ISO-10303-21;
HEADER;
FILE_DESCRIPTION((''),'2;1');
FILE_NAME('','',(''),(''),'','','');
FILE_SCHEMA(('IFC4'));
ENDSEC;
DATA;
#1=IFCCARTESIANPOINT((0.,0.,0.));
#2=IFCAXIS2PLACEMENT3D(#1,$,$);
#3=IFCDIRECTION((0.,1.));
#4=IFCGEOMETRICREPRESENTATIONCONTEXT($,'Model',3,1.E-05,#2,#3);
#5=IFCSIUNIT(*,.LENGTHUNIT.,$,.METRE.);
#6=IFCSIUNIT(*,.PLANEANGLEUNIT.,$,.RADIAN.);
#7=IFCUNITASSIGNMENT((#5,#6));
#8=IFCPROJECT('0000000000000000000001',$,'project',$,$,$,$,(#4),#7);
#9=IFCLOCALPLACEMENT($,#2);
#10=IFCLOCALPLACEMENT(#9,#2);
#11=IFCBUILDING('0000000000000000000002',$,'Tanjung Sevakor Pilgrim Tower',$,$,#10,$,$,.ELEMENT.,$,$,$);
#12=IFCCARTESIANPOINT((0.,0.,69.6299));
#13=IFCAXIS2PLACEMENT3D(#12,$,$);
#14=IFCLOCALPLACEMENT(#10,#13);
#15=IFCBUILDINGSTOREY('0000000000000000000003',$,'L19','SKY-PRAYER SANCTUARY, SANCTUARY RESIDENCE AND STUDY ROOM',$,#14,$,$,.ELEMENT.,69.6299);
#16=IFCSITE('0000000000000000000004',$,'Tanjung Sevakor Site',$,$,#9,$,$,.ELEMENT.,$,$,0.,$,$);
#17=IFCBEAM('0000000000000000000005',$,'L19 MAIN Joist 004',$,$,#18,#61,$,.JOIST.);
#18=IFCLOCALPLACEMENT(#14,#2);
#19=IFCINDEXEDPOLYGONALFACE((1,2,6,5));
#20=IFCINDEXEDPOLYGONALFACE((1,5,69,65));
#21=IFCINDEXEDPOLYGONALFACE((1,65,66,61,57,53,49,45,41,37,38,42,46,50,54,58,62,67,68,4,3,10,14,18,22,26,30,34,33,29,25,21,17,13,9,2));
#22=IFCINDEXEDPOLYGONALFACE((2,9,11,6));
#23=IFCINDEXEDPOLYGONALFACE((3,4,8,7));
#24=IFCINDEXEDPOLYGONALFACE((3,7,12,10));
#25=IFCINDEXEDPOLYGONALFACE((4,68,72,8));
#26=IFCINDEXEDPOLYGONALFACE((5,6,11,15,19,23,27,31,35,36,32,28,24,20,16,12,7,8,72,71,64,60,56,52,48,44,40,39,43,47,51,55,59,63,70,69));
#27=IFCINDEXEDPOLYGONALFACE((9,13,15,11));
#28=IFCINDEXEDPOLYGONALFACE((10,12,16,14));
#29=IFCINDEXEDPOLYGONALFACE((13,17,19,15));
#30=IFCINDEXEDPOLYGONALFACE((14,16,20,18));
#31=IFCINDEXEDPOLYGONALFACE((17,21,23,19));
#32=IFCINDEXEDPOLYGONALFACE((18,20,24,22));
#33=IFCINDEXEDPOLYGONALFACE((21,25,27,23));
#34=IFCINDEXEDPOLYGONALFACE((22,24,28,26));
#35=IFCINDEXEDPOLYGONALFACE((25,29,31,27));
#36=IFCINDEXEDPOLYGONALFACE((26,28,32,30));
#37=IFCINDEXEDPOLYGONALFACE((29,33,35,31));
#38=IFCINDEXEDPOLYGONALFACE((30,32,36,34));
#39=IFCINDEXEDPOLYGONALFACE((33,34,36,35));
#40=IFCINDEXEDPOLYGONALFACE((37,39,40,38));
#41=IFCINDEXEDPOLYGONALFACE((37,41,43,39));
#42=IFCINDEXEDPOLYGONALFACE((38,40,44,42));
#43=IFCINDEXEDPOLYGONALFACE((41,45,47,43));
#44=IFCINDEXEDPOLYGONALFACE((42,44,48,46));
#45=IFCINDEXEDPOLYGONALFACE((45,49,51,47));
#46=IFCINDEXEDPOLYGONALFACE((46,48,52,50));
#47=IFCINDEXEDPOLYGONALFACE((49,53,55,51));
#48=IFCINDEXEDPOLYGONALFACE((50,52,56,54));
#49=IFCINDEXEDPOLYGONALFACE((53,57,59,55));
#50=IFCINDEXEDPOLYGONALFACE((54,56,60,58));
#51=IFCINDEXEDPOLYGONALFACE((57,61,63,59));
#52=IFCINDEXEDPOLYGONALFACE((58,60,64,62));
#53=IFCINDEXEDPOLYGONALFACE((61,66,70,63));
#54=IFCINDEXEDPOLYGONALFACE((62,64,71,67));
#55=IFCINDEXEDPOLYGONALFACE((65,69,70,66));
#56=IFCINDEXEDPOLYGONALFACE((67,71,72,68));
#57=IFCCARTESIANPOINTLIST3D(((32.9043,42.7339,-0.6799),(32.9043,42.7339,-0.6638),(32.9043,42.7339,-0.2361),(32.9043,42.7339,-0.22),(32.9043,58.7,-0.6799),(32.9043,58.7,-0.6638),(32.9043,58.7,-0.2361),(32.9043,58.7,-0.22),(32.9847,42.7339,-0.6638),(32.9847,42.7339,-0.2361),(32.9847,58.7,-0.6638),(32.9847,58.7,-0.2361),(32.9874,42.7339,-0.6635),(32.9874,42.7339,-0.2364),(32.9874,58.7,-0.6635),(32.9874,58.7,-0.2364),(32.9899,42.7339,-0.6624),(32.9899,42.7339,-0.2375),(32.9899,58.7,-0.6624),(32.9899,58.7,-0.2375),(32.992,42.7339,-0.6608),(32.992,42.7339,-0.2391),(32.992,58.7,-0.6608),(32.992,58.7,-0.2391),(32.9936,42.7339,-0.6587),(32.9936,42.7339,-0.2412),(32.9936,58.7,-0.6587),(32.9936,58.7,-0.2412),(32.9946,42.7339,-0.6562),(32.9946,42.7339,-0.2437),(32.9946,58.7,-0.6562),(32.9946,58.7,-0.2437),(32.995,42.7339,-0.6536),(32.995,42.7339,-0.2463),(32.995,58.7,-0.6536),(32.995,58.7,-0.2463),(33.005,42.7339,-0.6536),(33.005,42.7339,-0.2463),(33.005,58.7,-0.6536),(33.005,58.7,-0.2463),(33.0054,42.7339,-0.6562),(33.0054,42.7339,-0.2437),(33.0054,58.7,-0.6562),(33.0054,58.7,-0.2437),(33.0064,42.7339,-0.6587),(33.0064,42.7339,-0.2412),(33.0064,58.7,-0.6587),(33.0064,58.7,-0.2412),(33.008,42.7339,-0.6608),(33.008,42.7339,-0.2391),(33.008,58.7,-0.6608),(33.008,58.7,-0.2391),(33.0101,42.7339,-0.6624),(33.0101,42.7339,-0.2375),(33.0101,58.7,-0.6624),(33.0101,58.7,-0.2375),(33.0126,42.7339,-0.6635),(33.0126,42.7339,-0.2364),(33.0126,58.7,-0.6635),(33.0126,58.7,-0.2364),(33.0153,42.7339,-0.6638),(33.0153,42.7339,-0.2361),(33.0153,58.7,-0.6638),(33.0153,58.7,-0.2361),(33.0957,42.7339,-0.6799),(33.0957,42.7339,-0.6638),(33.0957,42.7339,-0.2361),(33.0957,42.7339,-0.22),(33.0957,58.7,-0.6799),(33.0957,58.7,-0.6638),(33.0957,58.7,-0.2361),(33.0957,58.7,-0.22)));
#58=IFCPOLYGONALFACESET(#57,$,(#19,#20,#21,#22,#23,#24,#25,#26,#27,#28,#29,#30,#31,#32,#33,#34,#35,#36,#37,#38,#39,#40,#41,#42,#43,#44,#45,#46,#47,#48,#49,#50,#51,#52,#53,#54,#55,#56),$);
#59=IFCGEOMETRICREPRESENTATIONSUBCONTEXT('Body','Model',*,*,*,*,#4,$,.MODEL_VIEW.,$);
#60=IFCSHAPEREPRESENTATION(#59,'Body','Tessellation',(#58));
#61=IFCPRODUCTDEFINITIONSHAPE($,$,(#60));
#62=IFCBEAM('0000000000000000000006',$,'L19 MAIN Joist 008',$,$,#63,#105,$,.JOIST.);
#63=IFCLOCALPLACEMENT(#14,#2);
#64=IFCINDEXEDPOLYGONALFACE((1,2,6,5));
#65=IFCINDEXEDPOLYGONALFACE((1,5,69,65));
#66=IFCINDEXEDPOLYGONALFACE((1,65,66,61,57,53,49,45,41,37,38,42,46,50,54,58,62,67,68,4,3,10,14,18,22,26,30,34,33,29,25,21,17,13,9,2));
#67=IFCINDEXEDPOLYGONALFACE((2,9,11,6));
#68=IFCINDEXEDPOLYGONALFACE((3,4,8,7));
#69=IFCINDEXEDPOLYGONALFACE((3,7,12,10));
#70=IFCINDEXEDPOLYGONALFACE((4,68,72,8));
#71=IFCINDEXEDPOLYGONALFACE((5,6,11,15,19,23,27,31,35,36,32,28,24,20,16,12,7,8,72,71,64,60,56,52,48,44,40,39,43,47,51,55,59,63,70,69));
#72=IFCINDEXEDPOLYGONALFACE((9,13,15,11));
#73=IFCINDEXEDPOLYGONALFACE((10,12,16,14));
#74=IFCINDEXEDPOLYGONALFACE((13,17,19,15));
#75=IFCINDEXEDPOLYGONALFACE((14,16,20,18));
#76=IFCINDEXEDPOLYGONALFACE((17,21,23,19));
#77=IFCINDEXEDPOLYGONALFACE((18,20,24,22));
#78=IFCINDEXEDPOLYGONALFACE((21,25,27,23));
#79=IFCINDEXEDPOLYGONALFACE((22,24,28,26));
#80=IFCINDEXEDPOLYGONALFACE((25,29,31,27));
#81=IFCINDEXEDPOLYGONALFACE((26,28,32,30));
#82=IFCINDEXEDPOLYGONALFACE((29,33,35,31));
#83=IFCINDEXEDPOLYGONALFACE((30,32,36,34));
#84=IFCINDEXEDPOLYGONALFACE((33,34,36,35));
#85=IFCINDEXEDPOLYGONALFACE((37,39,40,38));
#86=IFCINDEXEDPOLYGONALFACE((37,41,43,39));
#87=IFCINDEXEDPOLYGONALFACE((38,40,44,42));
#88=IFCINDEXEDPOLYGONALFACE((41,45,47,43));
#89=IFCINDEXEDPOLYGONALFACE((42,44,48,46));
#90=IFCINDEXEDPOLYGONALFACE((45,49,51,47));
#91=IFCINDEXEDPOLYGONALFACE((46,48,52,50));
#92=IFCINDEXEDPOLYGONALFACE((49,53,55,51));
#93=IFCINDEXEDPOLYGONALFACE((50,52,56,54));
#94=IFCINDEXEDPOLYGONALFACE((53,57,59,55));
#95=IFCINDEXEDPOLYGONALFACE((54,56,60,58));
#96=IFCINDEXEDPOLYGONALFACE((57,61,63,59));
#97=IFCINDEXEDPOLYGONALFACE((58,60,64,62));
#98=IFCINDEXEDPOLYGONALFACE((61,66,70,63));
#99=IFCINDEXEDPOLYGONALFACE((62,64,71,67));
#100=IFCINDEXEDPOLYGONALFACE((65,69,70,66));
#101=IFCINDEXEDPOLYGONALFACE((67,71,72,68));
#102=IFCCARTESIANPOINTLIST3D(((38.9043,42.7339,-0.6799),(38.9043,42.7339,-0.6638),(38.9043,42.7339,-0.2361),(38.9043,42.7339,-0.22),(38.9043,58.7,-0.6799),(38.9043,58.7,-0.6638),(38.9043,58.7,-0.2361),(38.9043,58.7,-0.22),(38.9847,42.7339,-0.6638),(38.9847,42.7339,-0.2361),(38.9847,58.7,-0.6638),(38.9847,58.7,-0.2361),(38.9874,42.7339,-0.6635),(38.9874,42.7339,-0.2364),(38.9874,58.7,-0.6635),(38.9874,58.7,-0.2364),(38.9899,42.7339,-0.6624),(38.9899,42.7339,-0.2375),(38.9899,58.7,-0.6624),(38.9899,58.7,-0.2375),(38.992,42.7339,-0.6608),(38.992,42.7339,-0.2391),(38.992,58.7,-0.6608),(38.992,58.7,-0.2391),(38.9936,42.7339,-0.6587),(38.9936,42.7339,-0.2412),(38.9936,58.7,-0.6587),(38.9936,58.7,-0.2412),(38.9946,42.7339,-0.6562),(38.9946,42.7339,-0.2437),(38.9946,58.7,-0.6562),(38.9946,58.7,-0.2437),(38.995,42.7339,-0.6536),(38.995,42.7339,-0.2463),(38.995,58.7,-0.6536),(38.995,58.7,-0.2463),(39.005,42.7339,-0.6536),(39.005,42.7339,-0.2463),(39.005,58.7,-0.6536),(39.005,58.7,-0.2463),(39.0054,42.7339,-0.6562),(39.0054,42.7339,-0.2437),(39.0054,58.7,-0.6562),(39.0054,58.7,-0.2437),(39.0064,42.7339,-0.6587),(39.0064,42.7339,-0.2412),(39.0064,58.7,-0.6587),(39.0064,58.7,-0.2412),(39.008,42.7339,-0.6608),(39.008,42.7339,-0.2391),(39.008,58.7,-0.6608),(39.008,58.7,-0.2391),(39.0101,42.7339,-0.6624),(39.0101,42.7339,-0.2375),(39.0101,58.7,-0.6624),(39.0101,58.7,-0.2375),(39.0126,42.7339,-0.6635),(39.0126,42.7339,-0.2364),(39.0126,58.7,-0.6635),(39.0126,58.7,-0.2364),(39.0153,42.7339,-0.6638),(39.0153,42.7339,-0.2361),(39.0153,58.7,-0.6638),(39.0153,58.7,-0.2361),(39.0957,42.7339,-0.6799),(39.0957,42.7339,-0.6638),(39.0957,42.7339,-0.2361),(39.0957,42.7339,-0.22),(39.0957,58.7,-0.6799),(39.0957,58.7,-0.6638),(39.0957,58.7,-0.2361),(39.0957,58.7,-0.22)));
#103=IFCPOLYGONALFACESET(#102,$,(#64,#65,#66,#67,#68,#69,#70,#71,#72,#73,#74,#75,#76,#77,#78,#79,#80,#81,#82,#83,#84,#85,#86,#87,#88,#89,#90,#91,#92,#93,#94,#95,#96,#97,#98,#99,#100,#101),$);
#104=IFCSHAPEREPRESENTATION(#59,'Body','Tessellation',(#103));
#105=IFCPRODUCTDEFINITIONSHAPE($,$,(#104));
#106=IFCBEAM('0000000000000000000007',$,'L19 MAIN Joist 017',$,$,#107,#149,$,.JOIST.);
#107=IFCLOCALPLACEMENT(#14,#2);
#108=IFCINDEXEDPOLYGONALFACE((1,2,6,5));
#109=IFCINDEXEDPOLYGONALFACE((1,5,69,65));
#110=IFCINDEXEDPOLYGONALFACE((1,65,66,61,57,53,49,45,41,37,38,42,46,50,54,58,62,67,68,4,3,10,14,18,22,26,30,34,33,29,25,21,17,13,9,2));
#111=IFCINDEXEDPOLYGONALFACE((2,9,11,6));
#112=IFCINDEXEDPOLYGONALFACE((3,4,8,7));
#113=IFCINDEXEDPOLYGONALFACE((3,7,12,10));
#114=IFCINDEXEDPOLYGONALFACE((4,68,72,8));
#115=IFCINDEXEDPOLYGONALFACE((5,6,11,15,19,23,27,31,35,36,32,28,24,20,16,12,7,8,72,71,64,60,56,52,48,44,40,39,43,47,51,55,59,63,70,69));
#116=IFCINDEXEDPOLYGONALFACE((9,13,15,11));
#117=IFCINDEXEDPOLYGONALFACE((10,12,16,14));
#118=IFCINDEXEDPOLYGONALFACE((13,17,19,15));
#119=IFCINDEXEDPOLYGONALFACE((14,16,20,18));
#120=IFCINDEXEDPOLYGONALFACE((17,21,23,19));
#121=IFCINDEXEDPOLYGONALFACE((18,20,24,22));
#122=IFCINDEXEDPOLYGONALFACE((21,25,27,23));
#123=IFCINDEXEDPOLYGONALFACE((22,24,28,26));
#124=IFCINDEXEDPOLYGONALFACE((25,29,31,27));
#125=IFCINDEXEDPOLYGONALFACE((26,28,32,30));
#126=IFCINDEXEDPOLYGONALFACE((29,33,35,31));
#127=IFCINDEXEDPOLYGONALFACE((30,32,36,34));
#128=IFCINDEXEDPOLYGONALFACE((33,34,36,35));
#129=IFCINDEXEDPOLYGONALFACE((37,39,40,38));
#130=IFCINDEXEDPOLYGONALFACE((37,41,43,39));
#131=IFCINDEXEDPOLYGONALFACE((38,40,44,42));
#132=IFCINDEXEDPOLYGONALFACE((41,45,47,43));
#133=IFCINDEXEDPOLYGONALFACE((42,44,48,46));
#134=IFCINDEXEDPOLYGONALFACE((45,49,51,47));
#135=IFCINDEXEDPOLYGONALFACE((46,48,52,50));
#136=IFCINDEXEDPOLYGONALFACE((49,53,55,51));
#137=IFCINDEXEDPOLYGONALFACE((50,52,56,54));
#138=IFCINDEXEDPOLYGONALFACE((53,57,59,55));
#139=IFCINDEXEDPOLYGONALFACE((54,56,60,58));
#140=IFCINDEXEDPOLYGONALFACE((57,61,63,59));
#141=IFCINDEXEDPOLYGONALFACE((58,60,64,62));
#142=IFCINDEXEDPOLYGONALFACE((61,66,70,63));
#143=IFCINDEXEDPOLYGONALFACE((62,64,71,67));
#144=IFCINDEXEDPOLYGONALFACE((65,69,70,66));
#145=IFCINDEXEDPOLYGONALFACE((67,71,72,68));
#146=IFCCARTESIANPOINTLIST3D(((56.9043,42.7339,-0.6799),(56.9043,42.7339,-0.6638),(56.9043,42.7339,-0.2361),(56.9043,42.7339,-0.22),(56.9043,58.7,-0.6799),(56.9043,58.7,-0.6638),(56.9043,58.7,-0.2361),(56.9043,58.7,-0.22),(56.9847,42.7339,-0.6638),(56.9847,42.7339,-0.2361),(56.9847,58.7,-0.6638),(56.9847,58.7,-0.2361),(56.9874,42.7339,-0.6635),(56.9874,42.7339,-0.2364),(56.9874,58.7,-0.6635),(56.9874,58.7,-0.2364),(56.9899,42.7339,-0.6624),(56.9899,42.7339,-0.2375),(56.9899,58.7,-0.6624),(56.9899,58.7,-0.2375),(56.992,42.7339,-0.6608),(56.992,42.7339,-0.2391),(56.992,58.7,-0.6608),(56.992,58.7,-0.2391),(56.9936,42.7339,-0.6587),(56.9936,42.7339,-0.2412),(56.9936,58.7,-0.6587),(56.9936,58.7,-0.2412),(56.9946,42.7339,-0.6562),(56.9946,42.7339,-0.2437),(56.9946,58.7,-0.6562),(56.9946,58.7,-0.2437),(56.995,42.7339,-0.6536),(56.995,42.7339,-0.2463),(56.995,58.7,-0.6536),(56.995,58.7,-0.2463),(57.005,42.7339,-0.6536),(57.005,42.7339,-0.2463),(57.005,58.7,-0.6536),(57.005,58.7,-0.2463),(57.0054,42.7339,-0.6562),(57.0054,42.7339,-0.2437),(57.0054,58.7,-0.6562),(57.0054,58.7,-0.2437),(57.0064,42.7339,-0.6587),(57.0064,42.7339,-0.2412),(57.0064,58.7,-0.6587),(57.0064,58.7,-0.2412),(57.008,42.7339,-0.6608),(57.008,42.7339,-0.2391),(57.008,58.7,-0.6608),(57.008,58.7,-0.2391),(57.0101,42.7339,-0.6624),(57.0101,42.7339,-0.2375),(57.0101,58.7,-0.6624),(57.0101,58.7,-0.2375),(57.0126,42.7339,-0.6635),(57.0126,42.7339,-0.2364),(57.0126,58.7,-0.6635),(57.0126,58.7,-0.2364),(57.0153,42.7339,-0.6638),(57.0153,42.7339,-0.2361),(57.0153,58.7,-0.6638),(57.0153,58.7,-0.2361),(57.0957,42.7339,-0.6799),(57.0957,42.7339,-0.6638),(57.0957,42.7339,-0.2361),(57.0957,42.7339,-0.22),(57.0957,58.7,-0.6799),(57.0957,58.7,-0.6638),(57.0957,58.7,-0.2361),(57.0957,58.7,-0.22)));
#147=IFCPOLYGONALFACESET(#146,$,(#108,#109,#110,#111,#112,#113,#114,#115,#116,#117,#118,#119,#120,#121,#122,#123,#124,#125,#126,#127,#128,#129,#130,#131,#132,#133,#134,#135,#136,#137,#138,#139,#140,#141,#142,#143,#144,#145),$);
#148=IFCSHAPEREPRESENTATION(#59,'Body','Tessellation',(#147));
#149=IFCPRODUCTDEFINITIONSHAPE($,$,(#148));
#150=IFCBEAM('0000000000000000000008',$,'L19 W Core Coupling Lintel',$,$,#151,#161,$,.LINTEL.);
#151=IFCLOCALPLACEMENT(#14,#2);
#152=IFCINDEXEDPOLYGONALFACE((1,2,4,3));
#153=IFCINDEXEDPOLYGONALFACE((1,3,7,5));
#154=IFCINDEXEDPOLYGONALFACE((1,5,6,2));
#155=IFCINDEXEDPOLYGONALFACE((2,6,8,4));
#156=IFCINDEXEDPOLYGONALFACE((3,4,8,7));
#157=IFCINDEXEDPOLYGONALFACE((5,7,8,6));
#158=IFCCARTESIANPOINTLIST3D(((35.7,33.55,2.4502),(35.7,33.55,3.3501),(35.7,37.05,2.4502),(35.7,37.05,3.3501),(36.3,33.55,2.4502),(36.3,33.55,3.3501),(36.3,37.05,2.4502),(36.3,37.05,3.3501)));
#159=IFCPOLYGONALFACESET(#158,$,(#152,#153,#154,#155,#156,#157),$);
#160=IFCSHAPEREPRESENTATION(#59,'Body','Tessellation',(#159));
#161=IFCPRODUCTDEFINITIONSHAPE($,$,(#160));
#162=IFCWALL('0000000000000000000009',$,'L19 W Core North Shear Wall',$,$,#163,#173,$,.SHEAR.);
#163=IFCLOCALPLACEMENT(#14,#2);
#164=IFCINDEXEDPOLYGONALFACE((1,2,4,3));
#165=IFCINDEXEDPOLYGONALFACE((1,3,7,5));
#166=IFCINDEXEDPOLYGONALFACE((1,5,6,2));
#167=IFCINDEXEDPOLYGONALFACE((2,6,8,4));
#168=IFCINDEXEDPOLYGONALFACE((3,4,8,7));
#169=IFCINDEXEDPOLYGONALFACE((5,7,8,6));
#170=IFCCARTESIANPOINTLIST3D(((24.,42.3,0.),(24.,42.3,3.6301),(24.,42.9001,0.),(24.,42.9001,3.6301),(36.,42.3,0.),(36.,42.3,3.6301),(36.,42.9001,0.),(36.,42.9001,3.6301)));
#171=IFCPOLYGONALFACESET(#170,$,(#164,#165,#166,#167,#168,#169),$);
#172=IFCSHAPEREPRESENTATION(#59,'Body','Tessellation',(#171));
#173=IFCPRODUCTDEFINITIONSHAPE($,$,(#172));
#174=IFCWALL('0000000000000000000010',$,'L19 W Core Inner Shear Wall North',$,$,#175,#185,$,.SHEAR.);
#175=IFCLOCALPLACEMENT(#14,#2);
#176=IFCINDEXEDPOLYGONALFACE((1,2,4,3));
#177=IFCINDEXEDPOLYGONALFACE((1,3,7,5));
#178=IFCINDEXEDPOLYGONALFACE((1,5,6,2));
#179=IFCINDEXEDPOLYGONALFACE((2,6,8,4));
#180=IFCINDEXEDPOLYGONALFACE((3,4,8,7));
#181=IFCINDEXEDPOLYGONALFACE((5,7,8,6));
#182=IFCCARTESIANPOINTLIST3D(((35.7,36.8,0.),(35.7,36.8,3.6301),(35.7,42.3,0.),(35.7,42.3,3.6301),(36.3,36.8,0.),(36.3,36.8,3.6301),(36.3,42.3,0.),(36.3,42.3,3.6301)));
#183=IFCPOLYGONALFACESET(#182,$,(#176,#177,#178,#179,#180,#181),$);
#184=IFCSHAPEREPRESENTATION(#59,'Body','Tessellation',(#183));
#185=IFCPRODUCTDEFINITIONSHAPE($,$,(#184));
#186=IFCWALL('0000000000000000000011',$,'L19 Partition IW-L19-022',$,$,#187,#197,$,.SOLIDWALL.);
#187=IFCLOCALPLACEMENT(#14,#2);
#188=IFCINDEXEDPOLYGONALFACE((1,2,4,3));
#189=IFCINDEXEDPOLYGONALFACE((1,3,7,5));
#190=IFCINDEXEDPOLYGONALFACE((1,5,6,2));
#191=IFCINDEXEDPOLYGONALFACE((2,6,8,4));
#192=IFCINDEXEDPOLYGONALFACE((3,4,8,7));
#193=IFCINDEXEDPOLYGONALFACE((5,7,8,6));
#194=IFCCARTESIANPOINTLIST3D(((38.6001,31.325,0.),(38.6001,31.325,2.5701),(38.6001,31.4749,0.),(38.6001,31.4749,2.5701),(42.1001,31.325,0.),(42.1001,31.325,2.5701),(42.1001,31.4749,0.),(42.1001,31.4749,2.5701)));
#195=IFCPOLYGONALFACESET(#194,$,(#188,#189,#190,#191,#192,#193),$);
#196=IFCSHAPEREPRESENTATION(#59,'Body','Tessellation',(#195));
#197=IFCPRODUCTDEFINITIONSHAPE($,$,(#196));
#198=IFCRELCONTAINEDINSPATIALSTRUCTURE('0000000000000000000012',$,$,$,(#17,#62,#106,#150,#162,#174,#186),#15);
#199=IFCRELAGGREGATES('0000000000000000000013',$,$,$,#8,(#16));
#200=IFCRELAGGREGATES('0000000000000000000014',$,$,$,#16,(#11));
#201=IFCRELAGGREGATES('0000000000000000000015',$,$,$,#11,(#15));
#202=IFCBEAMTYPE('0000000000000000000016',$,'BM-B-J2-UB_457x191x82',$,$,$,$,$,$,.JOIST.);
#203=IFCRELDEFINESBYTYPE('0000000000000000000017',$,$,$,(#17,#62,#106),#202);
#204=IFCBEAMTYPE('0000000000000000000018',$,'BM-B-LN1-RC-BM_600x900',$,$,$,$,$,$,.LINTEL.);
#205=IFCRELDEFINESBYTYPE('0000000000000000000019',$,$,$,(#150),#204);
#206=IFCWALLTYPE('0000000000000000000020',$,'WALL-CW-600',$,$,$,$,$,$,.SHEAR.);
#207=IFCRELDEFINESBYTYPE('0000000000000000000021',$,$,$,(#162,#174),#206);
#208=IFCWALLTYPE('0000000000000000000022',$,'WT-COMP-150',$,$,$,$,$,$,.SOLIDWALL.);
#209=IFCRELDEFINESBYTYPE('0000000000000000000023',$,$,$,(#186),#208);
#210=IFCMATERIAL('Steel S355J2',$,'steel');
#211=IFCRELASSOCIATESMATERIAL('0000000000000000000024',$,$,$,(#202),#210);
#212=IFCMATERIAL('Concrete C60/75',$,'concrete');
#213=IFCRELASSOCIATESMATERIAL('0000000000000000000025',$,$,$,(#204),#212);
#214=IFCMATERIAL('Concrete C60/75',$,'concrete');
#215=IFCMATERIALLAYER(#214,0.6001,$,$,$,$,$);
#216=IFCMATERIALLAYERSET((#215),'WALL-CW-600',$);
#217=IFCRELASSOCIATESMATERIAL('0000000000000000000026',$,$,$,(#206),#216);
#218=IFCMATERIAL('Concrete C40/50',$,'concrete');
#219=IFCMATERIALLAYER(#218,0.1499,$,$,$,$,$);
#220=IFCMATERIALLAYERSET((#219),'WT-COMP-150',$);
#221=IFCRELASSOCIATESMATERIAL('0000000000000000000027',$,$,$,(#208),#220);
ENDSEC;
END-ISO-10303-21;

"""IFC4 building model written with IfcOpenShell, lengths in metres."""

from ifc_helpers import new_model, si_unit, direction, frame, frame_2d, origin, origin_2d, place, context, subcontext, project, spatial, rectangle, i_section, extrude, material, layer, layer_set, material_profile, profile_set, type_object, element, save


model = new_model("IFC4")

# Units and contexts
model_context = context("Model", 3, precision=1e-05, world=origin(), true_north=direction((0.0, 1.0)))
body_context = subcontext(model_context, "Body", "Model", "MODEL_VIEW")
ifc_project = project(units=[si_unit("LENGTHUNIT", "METRE"), si_unit("PLANEANGLEUNIT", "RADIAN")], contexts=[model_context])

# Site, building, storey
site_placement = place(None, origin())
site = spatial("IfcSite", under=ifc_project, at=site_placement, Name="Tanjung Sevakor Site", CompositionType="ELEMENT", RefElevation=0.0)
building_placement = place(site_placement, origin())
building = spatial("IfcBuilding", under=site, at=building_placement, Name="Tanjung Sevakor Pilgrim Tower", CompositionType="ELEMENT")
storey_placement = place(building_placement, frame((0.0, 0.0, 69.6299)))
storey = spatial("IfcBuildingStorey", under=building, at=storey_placement, Name="L19", Description="SKY-PRAYER SANCTUARY, SANCTUARY RESIDENCE AND STUDY ROOM", CompositionType="ELEMENT", Elevation=69.6299)

# Beams
ifc_material_1 = material(Name="Steel S355J2", Category="steel")
ifc_material_profile_1 = material_profile(ifc_material_1, i_section(OverallWidth=0.1914, OverallDepth=0.46, WebThickness=0.01, FlangeThickness=0.0161, FilletRadius=0.0103, at=origin_2d()))
ifc_profile_set_1 = profile_set([ifc_material_profile_1], Name="Steel S355J2")
beam_type_1 = type_object("IfcBeamType", Name="BM-B-J2-UB_457x191x82", PredefinedType="JOIST", material=ifc_profile_set_1)
for number, where, z_axis, x_axis, name in (
    (1, (33.0, 42.7339, -0.45), (0.0, 1.0, 0.0), (-1.0, 0.0, 0.0), "L19 MAIN Joist 004"),
    (2, (39.0, 42.7339, -0.45), (0.0, 1.0, 0.0), (-1.0, 0.0, 0.0), "L19 MAIN Joist 008"),
    (3, (57.0, 42.7339, -0.45), (0.0, 1.0, 0.0), (-1.0, 0.0, 0.0), "L19 MAIN Joist 017"),
):
    element("IfcBeam", number, at=place(storey_placement, frame(where, z_axis=z_axis, x_axis=x_axis)), inside=storey, type_object=beam_type_1, Name=name, PredefinedType="JOIST", context=body_context, shape_type="SweptSolid", body=[
        extrude(i_section(OverallWidth=0.1914, OverallDepth=0.46, WebThickness=0.01, FlangeThickness=0.0161, FilletRadius=0.0103, at=origin_2d()), origin(), (0.0, 0.0, 1.0), 15.9661),
    ])
ifc_material_2 = material(Name="Concrete C60/75", Category="concrete")
ifc_material_profile_2 = material_profile(ifc_material_2, rectangle(XDim=0.6001, YDim=0.8999, at=origin_2d()))
ifc_profile_set_2 = profile_set([ifc_material_profile_2], Name="Concrete C60/75")
beam_type_2 = type_object("IfcBeamType", Name="BM-B-LN1-RC-BM_600x900", PredefinedType="LINTEL", material=ifc_profile_set_2)
beam_1_placement = place(storey_placement, frame((36.0, 33.55, 2.9001), z_axis=(0.0, 1.0, 0.0), x_axis=(-1.0, 0.0, 0.0)))
element("IfcBeam", 4, at=beam_1_placement, inside=storey, type_object=beam_type_2, Name="L19 W Core Coupling Lintel", PredefinedType="LINTEL", context=body_context, shape_type="SweptSolid", body=[
    extrude(rectangle(XDim=0.6001, YDim=0.8999, at=origin_2d()), origin(), (0.0, 0.0, 1.0), 3.5),
])

# Walls
ifc_material_3 = material(Name="Concrete C60/75", Category="concrete")
ifc_layer_1 = layer(ifc_material_3, 0.6001)
ifc_layer_set_1 = layer_set([ifc_layer_1], Name="WALL-CW-600")
wall_type_1 = type_object("IfcWallType", Name="WALL-CW-600", PredefinedType="SHEAR", material=ifc_layer_set_1)
wall_1_placement = place(storey_placement, frame((36.0, 42.6001, 0.0), z_axis=(0.0, 0.0, 1.0), x_axis=(-1.0, 0.0, 0.0)))
element("IfcWall", 5, at=wall_1_placement, inside=storey, type_object=wall_type_1, Name="L19 W Core North Shear Wall", PredefinedType="SHEAR", context=body_context, shape_type="SweptSolid", body=[
    extrude(rectangle(XDim=12.0, YDim=0.6001, at=frame_2d((6.0, 0.0))), origin(), (0.0, 0.0, 1.0), 3.6301),
])
wall_2_placement = place(storey_placement, frame((36.0, 36.8, 0.0), z_axis=(0.0, 0.0, 1.0), x_axis=(0.0, 1.0, 0.0)))
element("IfcWall", 6, at=wall_2_placement, inside=storey, type_object=wall_type_1, Name="L19 W Core Inner Shear Wall North", PredefinedType="SHEAR", context=body_context, shape_type="SweptSolid", body=[
    extrude(rectangle(XDim=5.5, YDim=0.6001, at=frame_2d((2.75, 0.0))), origin(), (0.0, 0.0, 1.0), 3.6301),
])
ifc_material_4 = material(Name="Concrete C40/50", Category="concrete")
ifc_layer_2 = layer(ifc_material_4, 0.1499)
ifc_layer_set_2 = layer_set([ifc_layer_2], Name="WT-COMP-150")
wall_type_2 = type_object("IfcWallType", Name="WT-COMP-150", PredefinedType="SOLIDWALL", material=ifc_layer_set_2)
wall_3_placement = place(storey_placement, frame((38.6001, 31.3999, 0.0), z_axis=(0.0, 0.0, 1.0), x_axis=(1.0, 0.0, 0.0)))
element("IfcWall", 7, at=wall_3_placement, inside=storey, type_object=wall_type_2, Name="L19 Partition IW-L19-022", PredefinedType="SOLIDWALL", context=body_context, shape_type="SweptSolid", body=[
    extrude(rectangle(XDim=3.5, YDim=0.1499, at=frame_2d((1.75, 0.0))), origin(), (0.0, 0.0, 1.0), 2.5701),
])

save(model, "model.ifc")
